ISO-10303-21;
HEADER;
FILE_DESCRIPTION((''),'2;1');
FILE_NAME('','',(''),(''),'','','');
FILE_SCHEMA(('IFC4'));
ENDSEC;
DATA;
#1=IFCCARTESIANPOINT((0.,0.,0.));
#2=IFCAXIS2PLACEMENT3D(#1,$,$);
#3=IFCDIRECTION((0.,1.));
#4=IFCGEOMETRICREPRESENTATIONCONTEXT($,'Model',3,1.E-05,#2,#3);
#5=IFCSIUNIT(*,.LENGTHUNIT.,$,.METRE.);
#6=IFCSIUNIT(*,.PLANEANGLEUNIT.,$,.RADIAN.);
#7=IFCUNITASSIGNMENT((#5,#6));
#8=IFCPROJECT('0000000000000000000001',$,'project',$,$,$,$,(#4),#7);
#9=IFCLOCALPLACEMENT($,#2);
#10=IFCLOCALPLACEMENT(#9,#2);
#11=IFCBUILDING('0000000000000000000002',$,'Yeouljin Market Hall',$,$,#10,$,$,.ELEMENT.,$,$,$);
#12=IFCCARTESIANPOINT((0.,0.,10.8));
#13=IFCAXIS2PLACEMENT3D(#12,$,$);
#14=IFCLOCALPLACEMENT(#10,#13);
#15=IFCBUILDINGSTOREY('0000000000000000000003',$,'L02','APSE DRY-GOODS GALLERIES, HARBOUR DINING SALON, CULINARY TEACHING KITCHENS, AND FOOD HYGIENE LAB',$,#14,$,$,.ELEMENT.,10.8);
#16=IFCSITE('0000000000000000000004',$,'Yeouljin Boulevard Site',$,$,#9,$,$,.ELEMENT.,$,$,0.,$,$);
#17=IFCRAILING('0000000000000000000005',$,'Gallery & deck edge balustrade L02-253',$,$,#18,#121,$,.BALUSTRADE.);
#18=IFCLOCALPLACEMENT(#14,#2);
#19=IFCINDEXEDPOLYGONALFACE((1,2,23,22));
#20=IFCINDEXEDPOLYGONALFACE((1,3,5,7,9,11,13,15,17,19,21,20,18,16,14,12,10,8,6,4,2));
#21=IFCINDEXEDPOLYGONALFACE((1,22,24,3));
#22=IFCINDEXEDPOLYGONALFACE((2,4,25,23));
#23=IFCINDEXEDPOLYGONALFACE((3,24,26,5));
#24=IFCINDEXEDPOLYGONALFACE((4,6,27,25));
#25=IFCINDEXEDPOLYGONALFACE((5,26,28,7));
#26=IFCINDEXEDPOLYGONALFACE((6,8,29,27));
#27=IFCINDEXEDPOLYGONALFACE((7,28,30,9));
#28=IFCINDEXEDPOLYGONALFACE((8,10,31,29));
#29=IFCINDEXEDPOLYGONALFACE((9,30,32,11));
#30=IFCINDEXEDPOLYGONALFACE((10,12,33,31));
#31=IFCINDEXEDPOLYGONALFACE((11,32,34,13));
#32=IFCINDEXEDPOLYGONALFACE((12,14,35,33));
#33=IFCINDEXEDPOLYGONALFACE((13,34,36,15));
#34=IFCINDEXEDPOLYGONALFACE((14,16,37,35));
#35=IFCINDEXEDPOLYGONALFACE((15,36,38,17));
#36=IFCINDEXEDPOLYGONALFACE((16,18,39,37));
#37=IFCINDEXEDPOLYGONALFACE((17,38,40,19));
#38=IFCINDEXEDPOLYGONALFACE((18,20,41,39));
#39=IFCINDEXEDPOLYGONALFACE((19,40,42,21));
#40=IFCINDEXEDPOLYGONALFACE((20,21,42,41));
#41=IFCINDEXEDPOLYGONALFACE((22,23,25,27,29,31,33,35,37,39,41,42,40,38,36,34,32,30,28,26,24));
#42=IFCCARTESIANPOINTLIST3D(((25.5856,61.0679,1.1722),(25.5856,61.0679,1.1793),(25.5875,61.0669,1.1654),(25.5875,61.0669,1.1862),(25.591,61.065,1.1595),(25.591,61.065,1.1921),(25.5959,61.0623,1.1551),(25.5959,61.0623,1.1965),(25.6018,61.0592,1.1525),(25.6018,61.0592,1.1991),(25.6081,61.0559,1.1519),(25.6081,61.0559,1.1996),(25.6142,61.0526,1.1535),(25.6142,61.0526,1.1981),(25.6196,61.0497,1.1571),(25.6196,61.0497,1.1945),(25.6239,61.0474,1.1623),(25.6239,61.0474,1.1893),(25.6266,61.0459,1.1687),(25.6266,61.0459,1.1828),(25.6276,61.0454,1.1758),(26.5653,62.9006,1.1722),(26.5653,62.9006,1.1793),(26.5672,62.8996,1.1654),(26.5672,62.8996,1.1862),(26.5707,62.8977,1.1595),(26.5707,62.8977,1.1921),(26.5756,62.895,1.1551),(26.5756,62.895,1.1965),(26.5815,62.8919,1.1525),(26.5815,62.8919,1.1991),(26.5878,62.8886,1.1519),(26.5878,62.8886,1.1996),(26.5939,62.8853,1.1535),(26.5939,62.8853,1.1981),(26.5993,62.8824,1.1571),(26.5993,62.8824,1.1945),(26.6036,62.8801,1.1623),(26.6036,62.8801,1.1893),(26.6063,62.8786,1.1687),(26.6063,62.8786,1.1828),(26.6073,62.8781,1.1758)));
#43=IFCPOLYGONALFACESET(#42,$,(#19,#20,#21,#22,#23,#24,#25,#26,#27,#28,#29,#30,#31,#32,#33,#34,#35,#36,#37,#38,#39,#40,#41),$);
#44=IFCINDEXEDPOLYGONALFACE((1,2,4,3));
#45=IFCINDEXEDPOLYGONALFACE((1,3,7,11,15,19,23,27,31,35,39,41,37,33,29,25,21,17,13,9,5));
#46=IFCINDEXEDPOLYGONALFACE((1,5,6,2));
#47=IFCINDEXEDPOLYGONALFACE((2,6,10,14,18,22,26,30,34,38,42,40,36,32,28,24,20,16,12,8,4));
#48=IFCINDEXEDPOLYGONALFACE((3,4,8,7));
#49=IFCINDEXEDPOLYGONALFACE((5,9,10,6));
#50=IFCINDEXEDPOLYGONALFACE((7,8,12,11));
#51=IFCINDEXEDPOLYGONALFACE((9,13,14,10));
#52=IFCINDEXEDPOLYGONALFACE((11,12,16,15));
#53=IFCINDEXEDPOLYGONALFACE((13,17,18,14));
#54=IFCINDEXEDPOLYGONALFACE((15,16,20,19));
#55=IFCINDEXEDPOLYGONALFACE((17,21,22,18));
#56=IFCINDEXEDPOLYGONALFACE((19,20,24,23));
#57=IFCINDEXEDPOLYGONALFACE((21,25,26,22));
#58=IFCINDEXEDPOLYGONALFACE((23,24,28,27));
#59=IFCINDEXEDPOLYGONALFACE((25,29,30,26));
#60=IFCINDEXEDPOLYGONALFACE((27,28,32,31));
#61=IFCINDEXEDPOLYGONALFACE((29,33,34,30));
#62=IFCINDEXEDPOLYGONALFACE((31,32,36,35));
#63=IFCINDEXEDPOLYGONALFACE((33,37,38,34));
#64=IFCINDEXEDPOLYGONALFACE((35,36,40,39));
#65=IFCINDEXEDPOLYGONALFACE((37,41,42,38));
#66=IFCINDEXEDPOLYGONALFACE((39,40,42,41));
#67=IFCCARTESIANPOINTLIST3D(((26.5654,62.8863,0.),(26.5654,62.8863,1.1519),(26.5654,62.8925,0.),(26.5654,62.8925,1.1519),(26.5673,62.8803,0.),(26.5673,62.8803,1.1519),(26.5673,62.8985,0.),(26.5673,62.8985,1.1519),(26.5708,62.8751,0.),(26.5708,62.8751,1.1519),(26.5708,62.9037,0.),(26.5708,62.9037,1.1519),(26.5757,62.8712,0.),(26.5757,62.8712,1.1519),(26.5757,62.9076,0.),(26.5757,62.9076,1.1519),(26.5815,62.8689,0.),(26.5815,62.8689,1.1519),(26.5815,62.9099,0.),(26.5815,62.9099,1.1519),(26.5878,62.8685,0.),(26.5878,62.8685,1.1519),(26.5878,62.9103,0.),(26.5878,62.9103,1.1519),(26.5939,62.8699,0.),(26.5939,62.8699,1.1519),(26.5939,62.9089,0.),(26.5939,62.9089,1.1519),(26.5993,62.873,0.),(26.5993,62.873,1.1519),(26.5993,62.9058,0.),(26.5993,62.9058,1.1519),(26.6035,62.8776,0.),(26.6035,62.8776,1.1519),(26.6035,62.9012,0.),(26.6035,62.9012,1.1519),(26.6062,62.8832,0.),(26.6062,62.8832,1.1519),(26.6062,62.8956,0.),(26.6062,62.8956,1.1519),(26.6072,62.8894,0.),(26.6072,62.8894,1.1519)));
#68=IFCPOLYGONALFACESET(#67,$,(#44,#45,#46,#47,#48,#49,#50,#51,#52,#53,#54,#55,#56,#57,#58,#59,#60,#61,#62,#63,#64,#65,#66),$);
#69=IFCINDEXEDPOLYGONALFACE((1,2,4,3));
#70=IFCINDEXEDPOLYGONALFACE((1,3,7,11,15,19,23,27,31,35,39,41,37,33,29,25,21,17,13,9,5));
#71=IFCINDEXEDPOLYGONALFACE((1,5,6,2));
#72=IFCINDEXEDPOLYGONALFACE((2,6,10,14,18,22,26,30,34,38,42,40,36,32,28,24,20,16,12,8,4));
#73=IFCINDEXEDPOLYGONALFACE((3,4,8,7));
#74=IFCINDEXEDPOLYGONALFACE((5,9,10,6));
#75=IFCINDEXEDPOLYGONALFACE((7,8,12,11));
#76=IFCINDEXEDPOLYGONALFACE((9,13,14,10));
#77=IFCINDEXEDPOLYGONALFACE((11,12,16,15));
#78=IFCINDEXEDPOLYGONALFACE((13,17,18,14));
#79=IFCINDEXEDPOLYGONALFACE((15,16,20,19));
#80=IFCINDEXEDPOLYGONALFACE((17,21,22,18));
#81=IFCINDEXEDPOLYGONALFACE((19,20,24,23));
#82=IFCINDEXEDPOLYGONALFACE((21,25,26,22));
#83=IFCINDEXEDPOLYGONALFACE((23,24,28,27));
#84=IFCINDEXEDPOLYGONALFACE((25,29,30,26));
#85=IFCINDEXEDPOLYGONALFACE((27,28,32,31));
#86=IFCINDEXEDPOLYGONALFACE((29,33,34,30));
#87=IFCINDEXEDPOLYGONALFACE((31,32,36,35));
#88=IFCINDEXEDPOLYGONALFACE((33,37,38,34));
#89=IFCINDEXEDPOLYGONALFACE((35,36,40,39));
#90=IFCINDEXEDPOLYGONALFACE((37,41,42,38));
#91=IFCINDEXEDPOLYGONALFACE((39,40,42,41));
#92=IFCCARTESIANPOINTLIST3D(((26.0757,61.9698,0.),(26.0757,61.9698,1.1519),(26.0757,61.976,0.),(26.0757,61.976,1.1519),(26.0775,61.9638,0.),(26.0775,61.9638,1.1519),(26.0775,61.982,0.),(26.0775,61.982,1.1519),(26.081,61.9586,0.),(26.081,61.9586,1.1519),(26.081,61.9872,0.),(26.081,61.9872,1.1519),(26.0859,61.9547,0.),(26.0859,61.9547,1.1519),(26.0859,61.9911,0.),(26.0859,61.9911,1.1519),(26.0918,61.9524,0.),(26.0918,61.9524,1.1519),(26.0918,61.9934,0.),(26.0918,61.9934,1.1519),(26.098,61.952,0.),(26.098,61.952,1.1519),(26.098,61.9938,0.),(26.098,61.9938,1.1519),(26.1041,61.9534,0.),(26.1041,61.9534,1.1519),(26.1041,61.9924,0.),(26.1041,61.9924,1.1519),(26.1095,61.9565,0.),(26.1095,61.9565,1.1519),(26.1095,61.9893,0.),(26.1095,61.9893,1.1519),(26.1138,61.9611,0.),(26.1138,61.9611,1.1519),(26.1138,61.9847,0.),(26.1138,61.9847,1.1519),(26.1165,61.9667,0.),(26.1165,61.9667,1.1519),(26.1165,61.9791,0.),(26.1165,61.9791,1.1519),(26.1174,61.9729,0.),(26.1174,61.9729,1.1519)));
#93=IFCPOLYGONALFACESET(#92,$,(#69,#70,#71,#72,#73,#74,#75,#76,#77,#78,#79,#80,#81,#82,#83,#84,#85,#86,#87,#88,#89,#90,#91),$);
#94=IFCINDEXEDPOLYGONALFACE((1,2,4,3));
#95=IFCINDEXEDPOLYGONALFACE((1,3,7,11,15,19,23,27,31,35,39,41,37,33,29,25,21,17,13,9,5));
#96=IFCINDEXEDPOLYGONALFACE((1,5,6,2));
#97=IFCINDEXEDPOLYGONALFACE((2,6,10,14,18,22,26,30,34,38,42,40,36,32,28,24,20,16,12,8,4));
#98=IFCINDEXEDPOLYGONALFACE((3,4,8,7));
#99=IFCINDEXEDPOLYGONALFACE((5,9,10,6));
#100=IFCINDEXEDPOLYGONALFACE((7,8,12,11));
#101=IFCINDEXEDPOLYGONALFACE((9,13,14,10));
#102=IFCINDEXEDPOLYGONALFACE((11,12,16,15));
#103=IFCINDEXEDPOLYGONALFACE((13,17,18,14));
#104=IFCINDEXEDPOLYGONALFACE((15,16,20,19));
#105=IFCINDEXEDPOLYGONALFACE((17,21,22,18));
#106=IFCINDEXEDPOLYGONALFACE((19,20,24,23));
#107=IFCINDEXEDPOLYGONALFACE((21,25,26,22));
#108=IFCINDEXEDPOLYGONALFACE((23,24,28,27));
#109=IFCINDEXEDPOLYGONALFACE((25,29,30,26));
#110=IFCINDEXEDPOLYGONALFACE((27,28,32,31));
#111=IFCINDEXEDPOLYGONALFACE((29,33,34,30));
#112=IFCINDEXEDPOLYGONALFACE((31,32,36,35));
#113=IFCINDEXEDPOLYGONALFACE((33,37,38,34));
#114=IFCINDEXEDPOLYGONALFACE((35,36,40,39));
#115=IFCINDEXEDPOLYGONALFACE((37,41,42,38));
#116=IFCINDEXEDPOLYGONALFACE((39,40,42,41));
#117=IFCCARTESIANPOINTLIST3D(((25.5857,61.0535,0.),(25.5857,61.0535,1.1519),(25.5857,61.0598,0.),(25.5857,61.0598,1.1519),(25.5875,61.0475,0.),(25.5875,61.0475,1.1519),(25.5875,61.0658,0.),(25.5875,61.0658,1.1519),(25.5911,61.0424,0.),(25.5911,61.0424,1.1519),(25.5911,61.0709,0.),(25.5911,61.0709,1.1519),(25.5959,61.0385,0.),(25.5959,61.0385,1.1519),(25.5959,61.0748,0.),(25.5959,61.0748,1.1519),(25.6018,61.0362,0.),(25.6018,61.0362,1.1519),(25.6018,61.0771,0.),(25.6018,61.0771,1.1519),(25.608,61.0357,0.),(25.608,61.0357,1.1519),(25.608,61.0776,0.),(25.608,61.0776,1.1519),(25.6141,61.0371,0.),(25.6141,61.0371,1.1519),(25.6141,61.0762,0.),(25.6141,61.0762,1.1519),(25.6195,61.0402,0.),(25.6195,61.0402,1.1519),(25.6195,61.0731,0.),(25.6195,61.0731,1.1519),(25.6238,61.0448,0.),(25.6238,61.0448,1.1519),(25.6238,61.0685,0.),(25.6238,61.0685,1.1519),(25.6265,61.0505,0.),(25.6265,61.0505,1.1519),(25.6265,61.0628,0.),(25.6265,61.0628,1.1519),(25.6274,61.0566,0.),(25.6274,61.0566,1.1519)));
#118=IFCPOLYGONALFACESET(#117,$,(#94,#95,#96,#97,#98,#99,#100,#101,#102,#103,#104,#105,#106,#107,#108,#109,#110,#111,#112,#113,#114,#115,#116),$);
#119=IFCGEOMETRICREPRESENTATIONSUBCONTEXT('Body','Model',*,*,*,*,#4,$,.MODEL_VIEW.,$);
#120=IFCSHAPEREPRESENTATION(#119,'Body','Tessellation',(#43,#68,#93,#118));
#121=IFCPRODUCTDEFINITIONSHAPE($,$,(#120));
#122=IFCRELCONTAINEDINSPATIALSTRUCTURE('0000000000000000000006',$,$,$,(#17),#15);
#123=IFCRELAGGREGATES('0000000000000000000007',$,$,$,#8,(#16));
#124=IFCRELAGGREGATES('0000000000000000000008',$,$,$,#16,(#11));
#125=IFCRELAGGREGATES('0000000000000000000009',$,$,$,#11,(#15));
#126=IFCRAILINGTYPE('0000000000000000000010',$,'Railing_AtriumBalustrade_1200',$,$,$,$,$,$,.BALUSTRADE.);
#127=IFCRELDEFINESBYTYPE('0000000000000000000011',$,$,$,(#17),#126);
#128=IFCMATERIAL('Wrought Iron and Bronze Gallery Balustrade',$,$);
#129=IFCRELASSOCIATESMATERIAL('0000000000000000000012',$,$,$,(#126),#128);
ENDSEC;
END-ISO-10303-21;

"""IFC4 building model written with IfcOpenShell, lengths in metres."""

from ifc_helpers import new_model, si_unit, direction, frame, origin, origin_2d, place, context, subcontext, project, spatial, circle, extrude, material, type_object, element, save


model = new_model("IFC4")

# Units and contexts
model_context = context("Model", 3, precision=1e-05, world=origin(), true_north=direction((0.0, 1.0)))
body_context = subcontext(model_context, "Body", "Model", "MODEL_VIEW")
ifc_project = project(units=[si_unit("LENGTHUNIT", "METRE"), si_unit("PLANEANGLEUNIT", "RADIAN")], contexts=[model_context])

# Site, building, storey
site_placement = place(None, origin())
site = spatial("IfcSite", under=ifc_project, at=site_placement, Name="Yeouljin Boulevard Site", CompositionType="ELEMENT", RefElevation=0.0)
building_placement = place(site_placement, origin())
building = spatial("IfcBuilding", under=site, at=building_placement, Name="Yeouljin Market Hall", CompositionType="ELEMENT")
storey_placement = place(building_placement, frame((0.0, 0.0, 10.8)))
storey = spatial("IfcBuildingStorey", under=building, at=storey_placement, Name="L02", Description="APSE DRY-GOODS GALLERIES, HARBOUR DINING SALON, CULINARY TEACHING KITCHENS, AND FOOD HYGIENE LAB", CompositionType="ELEMENT", Elevation=10.8)

# Railing
ifc_material_1 = material(Name="Wrought Iron and Bronze Gallery Balustrade")
railing_type = type_object("IfcRailingType", Name="Railing_AtriumBalustrade_1200", PredefinedType="BALUSTRADE", material=ifc_material_1)
railing_1_placement = place(storey_placement, frame((26.5862, 62.8894, 0.0)))
element("IfcRailing", 1, at=railing_1_placement, inside=storey, type_object=railing_type, Name="Gallery & deck edge balustrade L02-253", PredefinedType="BALUSTRADE", context=body_context, shape_type="SweptSolid", body=[
    extrude(circle(Radius=0.0239, at=origin_2d()), frame((0.0, 0.0, 1.1758), z_axis=(-0.471436, -0.881901, 0.0), x_axis=(0.881901, -0.471436, 0.0)), (0.0, 0.0, 1.0), 2.0781),
    extrude(circle(Radius=0.021, at=origin_2d()), origin(), (0.0, 0.0, 1.0), 1.1519),
    extrude(circle(Radius=0.021, at=origin_2d()), frame((-0.4897, -0.9165, 0.0)), (0.0, 0.0, 1.0), 1.1519),
    extrude(circle(Radius=0.021, at=origin_2d()), frame((-0.9797, -1.8328, 0.0)), (0.0, 0.0, 1.0), 1.1519),
])

save(model, "model.ifc")
